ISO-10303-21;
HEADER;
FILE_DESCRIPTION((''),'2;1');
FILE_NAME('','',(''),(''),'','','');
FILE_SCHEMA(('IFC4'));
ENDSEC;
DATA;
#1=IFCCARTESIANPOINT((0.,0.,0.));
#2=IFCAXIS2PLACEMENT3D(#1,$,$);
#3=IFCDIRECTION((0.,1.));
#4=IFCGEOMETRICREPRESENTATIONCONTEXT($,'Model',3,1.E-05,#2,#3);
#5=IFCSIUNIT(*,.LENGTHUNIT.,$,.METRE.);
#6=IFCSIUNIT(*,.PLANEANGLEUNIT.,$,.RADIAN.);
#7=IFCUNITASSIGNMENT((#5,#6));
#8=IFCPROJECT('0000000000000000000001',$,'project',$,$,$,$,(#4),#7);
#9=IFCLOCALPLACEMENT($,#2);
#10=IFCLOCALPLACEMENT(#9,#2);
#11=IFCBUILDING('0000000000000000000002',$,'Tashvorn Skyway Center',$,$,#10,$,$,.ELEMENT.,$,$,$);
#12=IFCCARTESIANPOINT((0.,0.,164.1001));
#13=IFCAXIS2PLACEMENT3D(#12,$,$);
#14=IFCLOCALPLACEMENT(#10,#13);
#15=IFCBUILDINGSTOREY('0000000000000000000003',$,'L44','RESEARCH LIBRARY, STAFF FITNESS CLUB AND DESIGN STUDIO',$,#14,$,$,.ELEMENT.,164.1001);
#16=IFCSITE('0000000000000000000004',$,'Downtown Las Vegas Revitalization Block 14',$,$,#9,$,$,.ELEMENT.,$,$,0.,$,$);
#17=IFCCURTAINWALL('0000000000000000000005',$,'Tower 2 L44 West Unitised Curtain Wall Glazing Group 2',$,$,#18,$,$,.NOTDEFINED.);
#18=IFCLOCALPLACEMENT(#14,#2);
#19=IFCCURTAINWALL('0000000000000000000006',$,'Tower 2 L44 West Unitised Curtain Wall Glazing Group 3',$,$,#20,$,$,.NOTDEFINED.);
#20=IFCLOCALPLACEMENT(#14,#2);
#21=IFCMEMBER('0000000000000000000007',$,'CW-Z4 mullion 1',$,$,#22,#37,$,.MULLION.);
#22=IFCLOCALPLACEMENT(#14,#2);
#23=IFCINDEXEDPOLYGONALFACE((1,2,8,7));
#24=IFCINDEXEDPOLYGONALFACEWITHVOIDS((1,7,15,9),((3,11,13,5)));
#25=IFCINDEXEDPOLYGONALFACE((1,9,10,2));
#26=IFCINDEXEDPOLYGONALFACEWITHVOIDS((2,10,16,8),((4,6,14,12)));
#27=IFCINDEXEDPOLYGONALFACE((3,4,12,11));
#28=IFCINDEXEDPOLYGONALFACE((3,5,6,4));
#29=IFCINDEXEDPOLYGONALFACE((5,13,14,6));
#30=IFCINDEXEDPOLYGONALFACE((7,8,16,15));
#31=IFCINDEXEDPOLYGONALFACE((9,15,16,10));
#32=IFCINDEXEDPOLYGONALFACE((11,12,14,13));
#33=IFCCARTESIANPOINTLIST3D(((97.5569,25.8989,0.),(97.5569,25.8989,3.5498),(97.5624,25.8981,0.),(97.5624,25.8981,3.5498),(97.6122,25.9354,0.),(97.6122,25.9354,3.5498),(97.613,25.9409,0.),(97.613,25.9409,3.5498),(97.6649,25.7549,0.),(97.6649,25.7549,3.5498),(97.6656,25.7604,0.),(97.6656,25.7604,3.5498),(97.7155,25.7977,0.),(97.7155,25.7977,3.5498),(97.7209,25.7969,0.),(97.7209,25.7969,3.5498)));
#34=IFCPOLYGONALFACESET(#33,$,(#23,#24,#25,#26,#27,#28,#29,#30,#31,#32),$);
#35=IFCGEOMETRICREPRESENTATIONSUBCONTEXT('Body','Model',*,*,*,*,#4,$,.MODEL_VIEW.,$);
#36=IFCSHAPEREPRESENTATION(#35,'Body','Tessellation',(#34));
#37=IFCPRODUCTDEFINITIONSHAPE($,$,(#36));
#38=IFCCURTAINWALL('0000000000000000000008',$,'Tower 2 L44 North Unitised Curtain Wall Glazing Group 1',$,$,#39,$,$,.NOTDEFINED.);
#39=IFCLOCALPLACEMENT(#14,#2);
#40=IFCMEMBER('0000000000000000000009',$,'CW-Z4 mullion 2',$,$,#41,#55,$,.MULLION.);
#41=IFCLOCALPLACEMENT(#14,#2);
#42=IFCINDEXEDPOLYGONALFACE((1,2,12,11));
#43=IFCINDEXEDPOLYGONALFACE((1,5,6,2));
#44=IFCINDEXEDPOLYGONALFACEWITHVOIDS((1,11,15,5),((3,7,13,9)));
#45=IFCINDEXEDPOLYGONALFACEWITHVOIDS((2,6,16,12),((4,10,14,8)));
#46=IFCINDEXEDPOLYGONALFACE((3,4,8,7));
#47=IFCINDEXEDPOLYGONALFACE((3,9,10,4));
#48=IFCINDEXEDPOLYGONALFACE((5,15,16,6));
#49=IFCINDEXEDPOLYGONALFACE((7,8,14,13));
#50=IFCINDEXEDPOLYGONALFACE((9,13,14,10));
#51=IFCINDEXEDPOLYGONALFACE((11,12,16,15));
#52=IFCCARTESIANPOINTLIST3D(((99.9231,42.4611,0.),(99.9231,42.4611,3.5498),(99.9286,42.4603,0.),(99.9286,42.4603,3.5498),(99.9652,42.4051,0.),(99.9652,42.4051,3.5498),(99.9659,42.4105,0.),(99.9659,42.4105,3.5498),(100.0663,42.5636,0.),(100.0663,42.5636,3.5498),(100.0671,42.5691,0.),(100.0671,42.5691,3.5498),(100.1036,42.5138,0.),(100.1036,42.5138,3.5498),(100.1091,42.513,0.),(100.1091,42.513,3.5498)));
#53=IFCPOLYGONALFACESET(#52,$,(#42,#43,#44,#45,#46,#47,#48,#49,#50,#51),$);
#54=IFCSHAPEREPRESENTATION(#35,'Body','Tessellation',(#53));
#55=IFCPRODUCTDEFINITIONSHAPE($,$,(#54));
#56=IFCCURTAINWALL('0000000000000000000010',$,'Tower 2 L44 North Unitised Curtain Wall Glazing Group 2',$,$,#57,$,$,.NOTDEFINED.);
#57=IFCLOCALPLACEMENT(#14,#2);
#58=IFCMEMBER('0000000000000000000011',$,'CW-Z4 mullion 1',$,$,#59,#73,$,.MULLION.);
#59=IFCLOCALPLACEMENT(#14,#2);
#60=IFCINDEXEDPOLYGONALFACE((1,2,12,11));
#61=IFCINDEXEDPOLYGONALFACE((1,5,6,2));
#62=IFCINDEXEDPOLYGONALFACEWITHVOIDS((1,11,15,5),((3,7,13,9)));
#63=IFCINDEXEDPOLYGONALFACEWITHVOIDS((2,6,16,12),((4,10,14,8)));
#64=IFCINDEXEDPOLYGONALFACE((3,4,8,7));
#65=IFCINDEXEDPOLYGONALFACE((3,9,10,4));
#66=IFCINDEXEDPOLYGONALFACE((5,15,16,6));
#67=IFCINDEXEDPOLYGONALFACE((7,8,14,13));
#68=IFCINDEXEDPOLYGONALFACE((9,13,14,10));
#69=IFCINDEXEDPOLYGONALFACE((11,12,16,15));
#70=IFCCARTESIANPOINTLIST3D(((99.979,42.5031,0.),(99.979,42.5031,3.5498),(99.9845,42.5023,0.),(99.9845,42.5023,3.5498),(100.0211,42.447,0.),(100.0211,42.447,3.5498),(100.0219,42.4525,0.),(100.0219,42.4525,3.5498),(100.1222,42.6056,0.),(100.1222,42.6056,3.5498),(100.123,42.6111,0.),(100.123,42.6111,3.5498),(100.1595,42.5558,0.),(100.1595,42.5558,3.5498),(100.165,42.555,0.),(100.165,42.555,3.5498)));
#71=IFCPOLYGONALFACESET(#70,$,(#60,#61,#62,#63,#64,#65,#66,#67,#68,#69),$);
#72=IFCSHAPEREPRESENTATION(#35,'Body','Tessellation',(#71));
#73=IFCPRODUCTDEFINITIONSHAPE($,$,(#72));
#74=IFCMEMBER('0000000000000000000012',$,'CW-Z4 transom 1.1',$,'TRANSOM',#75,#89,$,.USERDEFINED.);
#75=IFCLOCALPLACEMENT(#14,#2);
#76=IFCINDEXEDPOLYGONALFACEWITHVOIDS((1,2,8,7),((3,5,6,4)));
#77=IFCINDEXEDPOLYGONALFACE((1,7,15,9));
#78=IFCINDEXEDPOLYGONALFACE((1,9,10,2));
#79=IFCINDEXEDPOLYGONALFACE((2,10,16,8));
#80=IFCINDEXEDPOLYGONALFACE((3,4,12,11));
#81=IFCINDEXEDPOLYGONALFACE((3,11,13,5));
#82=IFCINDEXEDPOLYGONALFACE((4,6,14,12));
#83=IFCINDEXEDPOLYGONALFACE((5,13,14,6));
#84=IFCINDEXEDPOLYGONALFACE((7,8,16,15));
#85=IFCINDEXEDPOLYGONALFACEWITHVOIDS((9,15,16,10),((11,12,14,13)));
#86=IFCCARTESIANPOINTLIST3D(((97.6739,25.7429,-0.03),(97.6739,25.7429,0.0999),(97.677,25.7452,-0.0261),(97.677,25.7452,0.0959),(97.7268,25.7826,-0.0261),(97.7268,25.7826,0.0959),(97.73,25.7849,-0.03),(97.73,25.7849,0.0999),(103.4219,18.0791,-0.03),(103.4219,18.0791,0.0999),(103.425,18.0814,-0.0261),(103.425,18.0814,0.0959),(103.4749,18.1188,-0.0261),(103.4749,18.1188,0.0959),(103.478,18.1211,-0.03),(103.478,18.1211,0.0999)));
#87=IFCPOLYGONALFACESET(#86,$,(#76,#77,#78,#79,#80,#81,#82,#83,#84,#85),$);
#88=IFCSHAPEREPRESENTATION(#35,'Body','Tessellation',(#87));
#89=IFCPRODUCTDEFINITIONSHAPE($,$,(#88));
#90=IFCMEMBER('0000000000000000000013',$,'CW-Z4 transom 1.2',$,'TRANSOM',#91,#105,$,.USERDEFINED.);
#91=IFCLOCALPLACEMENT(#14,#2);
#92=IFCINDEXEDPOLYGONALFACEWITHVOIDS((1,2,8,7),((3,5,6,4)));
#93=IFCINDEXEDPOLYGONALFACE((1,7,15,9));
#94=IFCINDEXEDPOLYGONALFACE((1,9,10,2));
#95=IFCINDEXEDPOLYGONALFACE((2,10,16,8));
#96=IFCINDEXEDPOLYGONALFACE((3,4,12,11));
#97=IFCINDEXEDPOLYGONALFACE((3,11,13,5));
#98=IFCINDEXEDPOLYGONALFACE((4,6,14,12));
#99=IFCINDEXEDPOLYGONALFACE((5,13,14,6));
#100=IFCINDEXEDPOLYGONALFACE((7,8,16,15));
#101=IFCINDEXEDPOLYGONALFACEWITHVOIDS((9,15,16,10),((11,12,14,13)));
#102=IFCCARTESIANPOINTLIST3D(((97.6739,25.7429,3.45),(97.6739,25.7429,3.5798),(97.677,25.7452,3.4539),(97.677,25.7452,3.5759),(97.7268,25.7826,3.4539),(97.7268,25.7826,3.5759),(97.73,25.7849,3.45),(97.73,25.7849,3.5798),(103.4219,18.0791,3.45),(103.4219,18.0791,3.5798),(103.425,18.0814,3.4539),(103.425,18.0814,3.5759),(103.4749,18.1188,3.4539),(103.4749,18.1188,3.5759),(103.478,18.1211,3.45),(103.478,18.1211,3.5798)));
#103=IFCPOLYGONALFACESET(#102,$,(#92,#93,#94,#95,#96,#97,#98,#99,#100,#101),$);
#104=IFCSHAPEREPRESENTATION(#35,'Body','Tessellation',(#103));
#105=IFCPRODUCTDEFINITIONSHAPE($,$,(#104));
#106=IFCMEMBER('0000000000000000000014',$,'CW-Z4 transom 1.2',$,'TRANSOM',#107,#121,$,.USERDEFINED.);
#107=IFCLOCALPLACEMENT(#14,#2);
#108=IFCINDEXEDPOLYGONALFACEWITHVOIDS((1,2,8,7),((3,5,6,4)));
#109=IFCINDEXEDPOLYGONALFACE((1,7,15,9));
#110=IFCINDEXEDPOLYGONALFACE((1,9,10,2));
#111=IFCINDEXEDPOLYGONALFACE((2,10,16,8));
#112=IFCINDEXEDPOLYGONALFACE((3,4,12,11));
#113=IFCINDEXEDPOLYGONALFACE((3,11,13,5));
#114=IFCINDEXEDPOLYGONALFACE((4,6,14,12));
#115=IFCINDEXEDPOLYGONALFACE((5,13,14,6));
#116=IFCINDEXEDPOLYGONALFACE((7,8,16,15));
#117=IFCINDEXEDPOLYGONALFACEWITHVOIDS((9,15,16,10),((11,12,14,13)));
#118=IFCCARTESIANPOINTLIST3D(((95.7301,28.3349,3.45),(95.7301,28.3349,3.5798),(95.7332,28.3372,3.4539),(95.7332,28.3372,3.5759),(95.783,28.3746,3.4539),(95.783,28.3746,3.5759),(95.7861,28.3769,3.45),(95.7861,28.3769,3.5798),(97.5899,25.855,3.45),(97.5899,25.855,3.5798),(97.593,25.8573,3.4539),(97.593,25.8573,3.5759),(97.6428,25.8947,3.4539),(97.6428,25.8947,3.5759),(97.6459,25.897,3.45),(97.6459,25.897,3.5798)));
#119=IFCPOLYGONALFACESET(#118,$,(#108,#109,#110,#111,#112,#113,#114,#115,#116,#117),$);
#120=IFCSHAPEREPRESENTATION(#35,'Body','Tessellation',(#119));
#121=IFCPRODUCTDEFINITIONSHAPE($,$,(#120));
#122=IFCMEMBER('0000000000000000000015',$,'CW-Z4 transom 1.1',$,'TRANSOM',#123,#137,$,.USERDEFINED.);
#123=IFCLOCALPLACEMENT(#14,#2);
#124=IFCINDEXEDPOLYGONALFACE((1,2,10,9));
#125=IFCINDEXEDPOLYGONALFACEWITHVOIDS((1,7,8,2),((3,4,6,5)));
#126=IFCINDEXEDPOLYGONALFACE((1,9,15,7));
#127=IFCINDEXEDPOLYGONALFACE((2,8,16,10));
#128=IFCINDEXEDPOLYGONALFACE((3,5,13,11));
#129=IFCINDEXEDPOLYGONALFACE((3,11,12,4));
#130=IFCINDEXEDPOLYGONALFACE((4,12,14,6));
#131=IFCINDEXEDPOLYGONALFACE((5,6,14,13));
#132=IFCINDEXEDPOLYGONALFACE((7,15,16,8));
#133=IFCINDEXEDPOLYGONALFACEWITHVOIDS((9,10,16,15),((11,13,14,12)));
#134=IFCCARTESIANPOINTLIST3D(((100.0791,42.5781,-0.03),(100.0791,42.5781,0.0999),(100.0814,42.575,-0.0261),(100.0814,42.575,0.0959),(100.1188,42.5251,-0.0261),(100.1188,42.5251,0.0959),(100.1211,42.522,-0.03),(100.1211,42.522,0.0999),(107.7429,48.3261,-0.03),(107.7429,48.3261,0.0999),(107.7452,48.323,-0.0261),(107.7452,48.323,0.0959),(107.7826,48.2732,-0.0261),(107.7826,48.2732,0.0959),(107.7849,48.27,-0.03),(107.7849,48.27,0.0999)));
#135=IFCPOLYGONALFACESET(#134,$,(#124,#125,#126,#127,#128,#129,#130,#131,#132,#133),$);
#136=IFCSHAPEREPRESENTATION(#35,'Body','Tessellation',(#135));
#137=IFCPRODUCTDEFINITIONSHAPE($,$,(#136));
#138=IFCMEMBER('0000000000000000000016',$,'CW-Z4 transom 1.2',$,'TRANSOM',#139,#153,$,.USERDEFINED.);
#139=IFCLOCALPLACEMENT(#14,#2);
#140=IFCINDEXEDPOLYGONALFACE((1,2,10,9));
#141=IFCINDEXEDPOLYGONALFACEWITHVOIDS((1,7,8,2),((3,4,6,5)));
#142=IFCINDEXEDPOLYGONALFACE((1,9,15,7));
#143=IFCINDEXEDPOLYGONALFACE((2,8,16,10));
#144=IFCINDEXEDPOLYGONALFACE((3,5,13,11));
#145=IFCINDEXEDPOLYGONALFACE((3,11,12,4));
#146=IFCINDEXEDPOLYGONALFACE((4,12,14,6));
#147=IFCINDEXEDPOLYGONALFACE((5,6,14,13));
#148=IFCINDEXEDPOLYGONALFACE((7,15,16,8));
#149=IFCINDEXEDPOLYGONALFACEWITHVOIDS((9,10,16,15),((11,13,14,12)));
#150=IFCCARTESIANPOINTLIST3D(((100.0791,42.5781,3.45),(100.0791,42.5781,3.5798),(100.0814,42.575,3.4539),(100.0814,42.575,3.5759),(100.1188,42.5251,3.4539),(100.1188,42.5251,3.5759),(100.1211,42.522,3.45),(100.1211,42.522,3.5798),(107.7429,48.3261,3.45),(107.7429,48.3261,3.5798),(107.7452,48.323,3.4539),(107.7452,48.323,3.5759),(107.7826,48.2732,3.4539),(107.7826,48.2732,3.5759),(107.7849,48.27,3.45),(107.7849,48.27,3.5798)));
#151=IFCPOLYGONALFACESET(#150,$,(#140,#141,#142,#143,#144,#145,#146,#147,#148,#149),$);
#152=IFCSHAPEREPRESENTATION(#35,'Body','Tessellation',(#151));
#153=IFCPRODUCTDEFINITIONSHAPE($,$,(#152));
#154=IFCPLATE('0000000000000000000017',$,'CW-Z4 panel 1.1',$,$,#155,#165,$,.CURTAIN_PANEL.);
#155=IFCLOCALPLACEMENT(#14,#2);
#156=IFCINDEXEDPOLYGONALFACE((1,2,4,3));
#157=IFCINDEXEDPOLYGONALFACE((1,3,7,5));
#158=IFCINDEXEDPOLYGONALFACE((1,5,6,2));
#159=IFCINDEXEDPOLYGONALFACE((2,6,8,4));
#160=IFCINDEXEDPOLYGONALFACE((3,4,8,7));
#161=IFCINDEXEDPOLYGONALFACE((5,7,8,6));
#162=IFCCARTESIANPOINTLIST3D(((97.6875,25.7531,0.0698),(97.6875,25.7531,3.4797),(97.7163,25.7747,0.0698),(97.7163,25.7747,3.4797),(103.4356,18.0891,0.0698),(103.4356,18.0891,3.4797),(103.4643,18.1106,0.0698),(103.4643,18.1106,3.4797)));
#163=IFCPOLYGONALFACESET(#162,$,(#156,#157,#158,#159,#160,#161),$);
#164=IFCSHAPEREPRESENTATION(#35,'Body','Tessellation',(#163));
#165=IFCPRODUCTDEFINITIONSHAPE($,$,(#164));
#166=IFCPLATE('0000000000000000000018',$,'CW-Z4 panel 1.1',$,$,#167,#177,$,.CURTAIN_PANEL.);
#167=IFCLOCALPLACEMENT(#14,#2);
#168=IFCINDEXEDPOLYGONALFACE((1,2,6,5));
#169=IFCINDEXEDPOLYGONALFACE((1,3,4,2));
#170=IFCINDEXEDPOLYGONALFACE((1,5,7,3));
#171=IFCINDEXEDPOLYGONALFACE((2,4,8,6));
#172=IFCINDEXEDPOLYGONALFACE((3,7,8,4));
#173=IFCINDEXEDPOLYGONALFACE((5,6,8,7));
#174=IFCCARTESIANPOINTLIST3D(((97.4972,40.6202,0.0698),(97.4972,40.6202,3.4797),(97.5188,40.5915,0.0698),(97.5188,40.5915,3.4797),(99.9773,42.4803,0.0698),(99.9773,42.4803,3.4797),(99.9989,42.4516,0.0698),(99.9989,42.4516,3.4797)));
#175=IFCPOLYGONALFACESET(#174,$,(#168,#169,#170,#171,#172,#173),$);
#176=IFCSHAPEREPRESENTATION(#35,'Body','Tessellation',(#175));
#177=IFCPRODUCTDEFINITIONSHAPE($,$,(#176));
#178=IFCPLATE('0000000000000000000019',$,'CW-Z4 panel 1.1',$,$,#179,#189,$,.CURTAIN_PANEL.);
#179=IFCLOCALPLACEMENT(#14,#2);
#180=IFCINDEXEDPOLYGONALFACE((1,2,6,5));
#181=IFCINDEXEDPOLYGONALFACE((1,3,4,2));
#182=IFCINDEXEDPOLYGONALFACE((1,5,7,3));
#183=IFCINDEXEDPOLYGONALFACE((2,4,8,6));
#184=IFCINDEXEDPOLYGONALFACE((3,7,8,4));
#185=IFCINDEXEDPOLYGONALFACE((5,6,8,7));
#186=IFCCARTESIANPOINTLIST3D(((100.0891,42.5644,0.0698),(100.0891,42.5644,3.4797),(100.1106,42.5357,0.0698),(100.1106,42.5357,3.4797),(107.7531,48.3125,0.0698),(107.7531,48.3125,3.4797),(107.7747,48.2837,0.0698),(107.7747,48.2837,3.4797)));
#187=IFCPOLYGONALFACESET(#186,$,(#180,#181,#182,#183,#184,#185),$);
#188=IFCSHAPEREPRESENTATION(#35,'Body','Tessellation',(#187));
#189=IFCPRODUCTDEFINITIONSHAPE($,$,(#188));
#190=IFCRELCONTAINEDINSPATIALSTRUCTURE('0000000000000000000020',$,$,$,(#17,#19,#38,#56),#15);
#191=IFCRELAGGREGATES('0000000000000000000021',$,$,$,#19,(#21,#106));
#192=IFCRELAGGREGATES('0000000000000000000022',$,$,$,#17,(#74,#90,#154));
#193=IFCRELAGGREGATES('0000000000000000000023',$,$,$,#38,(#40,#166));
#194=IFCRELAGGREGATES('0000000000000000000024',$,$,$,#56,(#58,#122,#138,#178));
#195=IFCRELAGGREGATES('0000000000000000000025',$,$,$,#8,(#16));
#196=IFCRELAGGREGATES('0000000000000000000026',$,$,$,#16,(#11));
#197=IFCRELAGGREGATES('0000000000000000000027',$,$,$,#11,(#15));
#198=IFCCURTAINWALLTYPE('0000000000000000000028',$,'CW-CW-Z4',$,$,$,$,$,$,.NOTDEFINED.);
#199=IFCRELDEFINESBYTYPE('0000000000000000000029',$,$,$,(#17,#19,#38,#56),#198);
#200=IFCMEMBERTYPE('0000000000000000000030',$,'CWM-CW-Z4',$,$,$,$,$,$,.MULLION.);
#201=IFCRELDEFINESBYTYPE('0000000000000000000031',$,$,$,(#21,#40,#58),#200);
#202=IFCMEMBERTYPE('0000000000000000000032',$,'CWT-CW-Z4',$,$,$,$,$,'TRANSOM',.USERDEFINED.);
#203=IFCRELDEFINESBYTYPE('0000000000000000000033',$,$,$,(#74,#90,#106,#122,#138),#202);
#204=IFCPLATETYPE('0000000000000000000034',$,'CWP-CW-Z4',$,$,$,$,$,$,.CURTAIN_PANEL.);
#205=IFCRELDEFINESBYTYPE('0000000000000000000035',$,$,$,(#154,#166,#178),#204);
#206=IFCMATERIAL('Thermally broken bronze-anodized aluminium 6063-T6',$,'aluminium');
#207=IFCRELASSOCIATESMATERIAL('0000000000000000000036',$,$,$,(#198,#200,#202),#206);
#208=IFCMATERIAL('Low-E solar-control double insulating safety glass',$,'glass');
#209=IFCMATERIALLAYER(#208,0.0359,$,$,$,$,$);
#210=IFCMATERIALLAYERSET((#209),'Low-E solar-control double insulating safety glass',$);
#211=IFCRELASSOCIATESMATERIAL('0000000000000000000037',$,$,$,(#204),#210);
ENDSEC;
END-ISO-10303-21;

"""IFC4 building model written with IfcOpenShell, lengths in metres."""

from ifc_helpers import new_model, si_unit, direction, frame, origin, origin_2d, place, context, subcontext, project, spatial, rectangle, hollow_rectangle, extrude, material, layer, layer_set, material_profile, profile_set, type_object, element, aggregate, save


model = new_model("IFC4")

# Units and contexts
model_context = context("Model", 3, precision=1e-05, world=origin(), true_north=direction((0.0, 1.0)))
body_context = subcontext(model_context, "Body", "Model", "MODEL_VIEW")
ifc_project = project(units=[si_unit("LENGTHUNIT", "METRE"), si_unit("PLANEANGLEUNIT", "RADIAN")], contexts=[model_context])

# Site, building, storey
site_placement = place(None, origin())
site = spatial("IfcSite", under=ifc_project, at=site_placement, Name="Downtown Las Vegas Revitalization Block 14", CompositionType="ELEMENT", RefElevation=0.0)
building_placement = place(site_placement, origin())
building = spatial("IfcBuilding", under=site, at=building_placement, Name="Tashvorn Skyway Center", CompositionType="ELEMENT")
storey_placement = place(building_placement, frame((0.0, 0.0, 164.1001)))
storey = spatial("IfcBuildingStorey", under=building, at=storey_placement, Name="L44", Description="RESEARCH LIBRARY, STAFF FITNESS CLUB AND DESIGN STUDIO", CompositionType="ELEMENT", Elevation=164.1001)

# Shared definitions
ifc_material_1 = material(Name="Thermally broken bronze-anodized aluminium 6063-T6", Category="aluminium")
curtain_wall_type = type_object("IfcCurtainWallType", Name="CW-CW-Z4", PredefinedType="NOTDEFINED", material=ifc_material_1)
ifc_material_profile_1 = material_profile(ifc_material_1, hollow_rectangle(XDim=0.0701, YDim=0.1799, WallThickness=0.0039, at=origin_2d()), Name="ALU-MULL-70x180")
ifc_profile_set_1 = profile_set([ifc_material_profile_1], Name="Thermally broken bronze-anodized aluminium 6063-T6")
member_type_1 = type_object("IfcMemberType", Name="CWM-CW-Z4", PredefinedType="MULLION", material=ifc_profile_set_1)

# Curtain wall
curtain_wall_1_placement = place(storey_placement, origin())
curtain_wall_1 = element("IfcCurtainWall", 1, at=curtain_wall_1_placement, inside=storey, type_object=curtain_wall_type, Name="Tower 2 L44 West Unitised Curtain Wall Glazing Group 2", PredefinedType="NOTDEFINED")

# Curtain walls, members
curtain_wall_2_placement = place(storey_placement, origin())
curtain_wall_2 = element("IfcCurtainWall", 2, at=curtain_wall_2_placement, inside=storey, type_object=curtain_wall_type, Name="Tower 2 L44 West Unitised Curtain Wall Glazing Group 3", PredefinedType="NOTDEFINED")
member_1_placement = place(storey_placement, frame((97.6389, 25.8479, 0.0), z_axis=(0.0, 0.0, 1.0), x_axis=(-0.8, -0.6, 0.0)))
member_1 = element("IfcMember", 3, at=member_1_placement, type_object=member_type_1, Name="CW-Z4 mullion 1", PredefinedType="MULLION", context=body_context, shape_type="SweptSolid", body=[
    extrude(hollow_rectangle(XDim=0.0701, YDim=0.1799, WallThickness=0.0039, at=origin_2d()), origin(), (0.0, 0.0, 1.0), 3.5498),
])
curtain_wall_3_placement = place(storey_placement, origin())
curtain_wall_3 = element("IfcCurtainWall", 4, at=curtain_wall_3_placement, inside=storey, type_object=curtain_wall_type, Name="Tower 2 L44 North Unitised Curtain Wall Glazing Group 1", PredefinedType="NOTDEFINED")
member_2_placement = place(storey_placement, frame((100.0161, 42.4871, 0.0), z_axis=(0.0, 0.0, 1.0), x_axis=(-0.6, 0.8, 0.0)))
member_2 = element("IfcMember", 5, at=member_2_placement, type_object=member_type_1, Name="CW-Z4 mullion 2", PredefinedType="MULLION", context=body_context, shape_type="SweptSolid", body=[
    extrude(hollow_rectangle(XDim=0.0701, YDim=0.1799, WallThickness=0.0039, at=origin_2d()), origin(), (0.0, 0.0, 1.0), 3.5498),
])
curtain_wall_4_placement = place(storey_placement, origin())
curtain_wall_4 = element("IfcCurtainWall", 6, at=curtain_wall_4_placement, inside=storey, type_object=curtain_wall_type, Name="Tower 2 L44 North Unitised Curtain Wall Glazing Group 2", PredefinedType="NOTDEFINED")
member_3_placement = place(storey_placement, frame((100.072, 42.5291, 0.0), z_axis=(0.0, 0.0, 1.0), x_axis=(-0.6, 0.8, 0.0)))
member_3 = element("IfcMember", 7, at=member_3_placement, type_object=member_type_1, Name="CW-Z4 mullion 1", PredefinedType="MULLION", context=body_context, shape_type="SweptSolid", body=[
    extrude(hollow_rectangle(XDim=0.0701, YDim=0.1799, WallThickness=0.0039, at=origin_2d()), origin(), (0.0, 0.0, 1.0), 3.5498),
])

# Members
ifc_material_profile_2 = material_profile(ifc_material_1, hollow_rectangle(XDim=0.0701, YDim=0.1299, WallThickness=0.0039, at=origin_2d()), Name="ALU-TRAN-70x130")
ifc_profile_set_2 = profile_set([ifc_material_profile_2], Name="Thermally broken bronze-anodized aluminium 6063-T6")
member_type_2 = type_object("IfcMemberType", Name="CWT-CW-Z4", ElementType="TRANSOM", PredefinedType="USERDEFINED", material=ifc_profile_set_2)
member_4_placement = place(storey_placement, frame((103.45, 18.1001, 0.0349), z_axis=(-0.600012, 0.799991, 0.0), x_axis=(-0.799991, -0.600012, 0.0)))
member_4 = element("IfcMember", 8, at=member_4_placement, type_object=member_type_2, Name="CW-Z4 transom 1.1", ObjectType="TRANSOM", PredefinedType="USERDEFINED", context=body_context, shape_type="SweptSolid", body=[
    extrude(hollow_rectangle(XDim=0.0701, YDim=0.1299, WallThickness=0.0039, at=origin_2d()), origin(), (0.0, 0.0, 1.0), 9.5798),
])
member_5_placement = place(storey_placement, frame((103.45, 18.1001, 3.5149), z_axis=(-0.600012, 0.799991, 0.0), x_axis=(-0.799991, -0.600012, 0.0)))
member_5 = element("IfcMember", 9, at=member_5_placement, type_object=member_type_2, Name="CW-Z4 transom 1.2", ObjectType="TRANSOM", PredefinedType="USERDEFINED", context=body_context, shape_type="SweptSolid", body=[
    extrude(hollow_rectangle(XDim=0.0701, YDim=0.1299, WallThickness=0.0039, at=origin_2d()), origin(), (0.0, 0.0, 1.0), 9.5798),
])
member_6_placement = place(storey_placement, frame((97.6179, 25.876, 3.5149), z_axis=(-0.599975, 0.800019, 0.0), x_axis=(-0.800019, -0.599975, 0.0)))
member_6 = element("IfcMember", 10, at=member_6_placement, type_object=member_type_2, Name="CW-Z4 transom 1.2", ObjectType="TRANSOM", PredefinedType="USERDEFINED", context=body_context, shape_type="SweptSolid", body=[
    extrude(hollow_rectangle(XDim=0.0701, YDim=0.1299, WallThickness=0.0039, at=origin_2d()), origin(), (0.0, 0.0, 1.0), 3.0999),
])
aggregate(curtain_wall_2, [member_1, member_6])
member_7_placement = place(storey_placement, frame((100.1001, 42.55, 0.0349), z_axis=(0.799991, 0.600012, 0.0), x_axis=(-0.600012, 0.799991, 0.0)))
member_7 = element("IfcMember", 11, at=member_7_placement, type_object=member_type_2, Name="CW-Z4 transom 1.1", ObjectType="TRANSOM", PredefinedType="USERDEFINED", context=body_context, shape_type="SweptSolid", body=[
    extrude(hollow_rectangle(XDim=0.0701, YDim=0.1299, WallThickness=0.0039, at=origin_2d()), origin(), (0.0, 0.0, 1.0), 9.5798),
])
member_8_placement = place(storey_placement, frame((100.1001, 42.55, 3.5149), z_axis=(0.799991, 0.600012, 0.0), x_axis=(-0.600012, 0.799991, 0.0)))
member_8 = element("IfcMember", 12, at=member_8_placement, type_object=member_type_2, Name="CW-Z4 transom 1.2", ObjectType="TRANSOM", PredefinedType="USERDEFINED", context=body_context, shape_type="SweptSolid", body=[
    extrude(hollow_rectangle(XDim=0.0701, YDim=0.1299, WallThickness=0.0039, at=origin_2d()), origin(), (0.0, 0.0, 1.0), 9.5798),
])

# Plates
ifc_material_2 = material(Name="Low-E solar-control double insulating safety glass", Category="glass")
ifc_layer_1 = layer(ifc_material_2, 0.0359)
ifc_layer_set_1 = layer_set([ifc_layer_1], Name="Low-E solar-control double insulating safety glass")
plate_type = type_object("IfcPlateType", Name="CWP-CW-Z4", PredefinedType="CURTAIN_PANEL", material=ifc_layer_set_1)
plate_1_placement = place(storey_placement, frame((100.5759, 21.9319, 0.0698), z_axis=(0.0, 0.0, 1.0), x_axis=(-0.6, 0.8, 0.0)))
plate_1 = element("IfcPlate", 13, at=plate_1_placement, type_object=plate_type, Name="CW-Z4 panel 1.1", PredefinedType="CURTAIN_PANEL", context=body_context, shape_type="SweptSolid", body=[
    extrude(rectangle(XDim=9.5801, YDim=0.0359, at=origin_2d()), origin(), (0.0, 0.0, 1.0), 3.4099),
])
aggregate(curtain_wall_1, [member_4, member_5, plate_1])
plate_2_placement = place(storey_placement, frame((98.748, 41.5359, 0.0698), z_axis=(0.0, 0.0, 1.0), x_axis=(0.8, 0.6, 0.0)))
plate_2 = element("IfcPlate", 14, at=plate_2_placement, type_object=plate_type, Name="CW-Z4 panel 1.1", PredefinedType="CURTAIN_PANEL", context=body_context, shape_type="SweptSolid", body=[
    extrude(rectangle(XDim=3.1001, YDim=0.0359, at=origin_2d()), origin(), (0.0, 0.0, 1.0), 3.4099),
])
aggregate(curtain_wall_3, [member_2, plate_2])
plate_3_placement = place(storey_placement, frame((103.9319, 45.4241, 0.0698), z_axis=(0.0, 0.0, 1.0), x_axis=(0.8, 0.6, 0.0)))
plate_3 = element("IfcPlate", 15, at=plate_3_placement, type_object=plate_type, Name="CW-Z4 panel 1.1", PredefinedType="CURTAIN_PANEL", context=body_context, shape_type="SweptSolid", body=[
    extrude(rectangle(XDim=9.5801, YDim=0.0359, at=origin_2d()), origin(), (0.0, 0.0, 1.0), 3.4099),
])
aggregate(curtain_wall_4, [member_3, member_7, member_8, plate_3])

save(model, "model.ifc")
